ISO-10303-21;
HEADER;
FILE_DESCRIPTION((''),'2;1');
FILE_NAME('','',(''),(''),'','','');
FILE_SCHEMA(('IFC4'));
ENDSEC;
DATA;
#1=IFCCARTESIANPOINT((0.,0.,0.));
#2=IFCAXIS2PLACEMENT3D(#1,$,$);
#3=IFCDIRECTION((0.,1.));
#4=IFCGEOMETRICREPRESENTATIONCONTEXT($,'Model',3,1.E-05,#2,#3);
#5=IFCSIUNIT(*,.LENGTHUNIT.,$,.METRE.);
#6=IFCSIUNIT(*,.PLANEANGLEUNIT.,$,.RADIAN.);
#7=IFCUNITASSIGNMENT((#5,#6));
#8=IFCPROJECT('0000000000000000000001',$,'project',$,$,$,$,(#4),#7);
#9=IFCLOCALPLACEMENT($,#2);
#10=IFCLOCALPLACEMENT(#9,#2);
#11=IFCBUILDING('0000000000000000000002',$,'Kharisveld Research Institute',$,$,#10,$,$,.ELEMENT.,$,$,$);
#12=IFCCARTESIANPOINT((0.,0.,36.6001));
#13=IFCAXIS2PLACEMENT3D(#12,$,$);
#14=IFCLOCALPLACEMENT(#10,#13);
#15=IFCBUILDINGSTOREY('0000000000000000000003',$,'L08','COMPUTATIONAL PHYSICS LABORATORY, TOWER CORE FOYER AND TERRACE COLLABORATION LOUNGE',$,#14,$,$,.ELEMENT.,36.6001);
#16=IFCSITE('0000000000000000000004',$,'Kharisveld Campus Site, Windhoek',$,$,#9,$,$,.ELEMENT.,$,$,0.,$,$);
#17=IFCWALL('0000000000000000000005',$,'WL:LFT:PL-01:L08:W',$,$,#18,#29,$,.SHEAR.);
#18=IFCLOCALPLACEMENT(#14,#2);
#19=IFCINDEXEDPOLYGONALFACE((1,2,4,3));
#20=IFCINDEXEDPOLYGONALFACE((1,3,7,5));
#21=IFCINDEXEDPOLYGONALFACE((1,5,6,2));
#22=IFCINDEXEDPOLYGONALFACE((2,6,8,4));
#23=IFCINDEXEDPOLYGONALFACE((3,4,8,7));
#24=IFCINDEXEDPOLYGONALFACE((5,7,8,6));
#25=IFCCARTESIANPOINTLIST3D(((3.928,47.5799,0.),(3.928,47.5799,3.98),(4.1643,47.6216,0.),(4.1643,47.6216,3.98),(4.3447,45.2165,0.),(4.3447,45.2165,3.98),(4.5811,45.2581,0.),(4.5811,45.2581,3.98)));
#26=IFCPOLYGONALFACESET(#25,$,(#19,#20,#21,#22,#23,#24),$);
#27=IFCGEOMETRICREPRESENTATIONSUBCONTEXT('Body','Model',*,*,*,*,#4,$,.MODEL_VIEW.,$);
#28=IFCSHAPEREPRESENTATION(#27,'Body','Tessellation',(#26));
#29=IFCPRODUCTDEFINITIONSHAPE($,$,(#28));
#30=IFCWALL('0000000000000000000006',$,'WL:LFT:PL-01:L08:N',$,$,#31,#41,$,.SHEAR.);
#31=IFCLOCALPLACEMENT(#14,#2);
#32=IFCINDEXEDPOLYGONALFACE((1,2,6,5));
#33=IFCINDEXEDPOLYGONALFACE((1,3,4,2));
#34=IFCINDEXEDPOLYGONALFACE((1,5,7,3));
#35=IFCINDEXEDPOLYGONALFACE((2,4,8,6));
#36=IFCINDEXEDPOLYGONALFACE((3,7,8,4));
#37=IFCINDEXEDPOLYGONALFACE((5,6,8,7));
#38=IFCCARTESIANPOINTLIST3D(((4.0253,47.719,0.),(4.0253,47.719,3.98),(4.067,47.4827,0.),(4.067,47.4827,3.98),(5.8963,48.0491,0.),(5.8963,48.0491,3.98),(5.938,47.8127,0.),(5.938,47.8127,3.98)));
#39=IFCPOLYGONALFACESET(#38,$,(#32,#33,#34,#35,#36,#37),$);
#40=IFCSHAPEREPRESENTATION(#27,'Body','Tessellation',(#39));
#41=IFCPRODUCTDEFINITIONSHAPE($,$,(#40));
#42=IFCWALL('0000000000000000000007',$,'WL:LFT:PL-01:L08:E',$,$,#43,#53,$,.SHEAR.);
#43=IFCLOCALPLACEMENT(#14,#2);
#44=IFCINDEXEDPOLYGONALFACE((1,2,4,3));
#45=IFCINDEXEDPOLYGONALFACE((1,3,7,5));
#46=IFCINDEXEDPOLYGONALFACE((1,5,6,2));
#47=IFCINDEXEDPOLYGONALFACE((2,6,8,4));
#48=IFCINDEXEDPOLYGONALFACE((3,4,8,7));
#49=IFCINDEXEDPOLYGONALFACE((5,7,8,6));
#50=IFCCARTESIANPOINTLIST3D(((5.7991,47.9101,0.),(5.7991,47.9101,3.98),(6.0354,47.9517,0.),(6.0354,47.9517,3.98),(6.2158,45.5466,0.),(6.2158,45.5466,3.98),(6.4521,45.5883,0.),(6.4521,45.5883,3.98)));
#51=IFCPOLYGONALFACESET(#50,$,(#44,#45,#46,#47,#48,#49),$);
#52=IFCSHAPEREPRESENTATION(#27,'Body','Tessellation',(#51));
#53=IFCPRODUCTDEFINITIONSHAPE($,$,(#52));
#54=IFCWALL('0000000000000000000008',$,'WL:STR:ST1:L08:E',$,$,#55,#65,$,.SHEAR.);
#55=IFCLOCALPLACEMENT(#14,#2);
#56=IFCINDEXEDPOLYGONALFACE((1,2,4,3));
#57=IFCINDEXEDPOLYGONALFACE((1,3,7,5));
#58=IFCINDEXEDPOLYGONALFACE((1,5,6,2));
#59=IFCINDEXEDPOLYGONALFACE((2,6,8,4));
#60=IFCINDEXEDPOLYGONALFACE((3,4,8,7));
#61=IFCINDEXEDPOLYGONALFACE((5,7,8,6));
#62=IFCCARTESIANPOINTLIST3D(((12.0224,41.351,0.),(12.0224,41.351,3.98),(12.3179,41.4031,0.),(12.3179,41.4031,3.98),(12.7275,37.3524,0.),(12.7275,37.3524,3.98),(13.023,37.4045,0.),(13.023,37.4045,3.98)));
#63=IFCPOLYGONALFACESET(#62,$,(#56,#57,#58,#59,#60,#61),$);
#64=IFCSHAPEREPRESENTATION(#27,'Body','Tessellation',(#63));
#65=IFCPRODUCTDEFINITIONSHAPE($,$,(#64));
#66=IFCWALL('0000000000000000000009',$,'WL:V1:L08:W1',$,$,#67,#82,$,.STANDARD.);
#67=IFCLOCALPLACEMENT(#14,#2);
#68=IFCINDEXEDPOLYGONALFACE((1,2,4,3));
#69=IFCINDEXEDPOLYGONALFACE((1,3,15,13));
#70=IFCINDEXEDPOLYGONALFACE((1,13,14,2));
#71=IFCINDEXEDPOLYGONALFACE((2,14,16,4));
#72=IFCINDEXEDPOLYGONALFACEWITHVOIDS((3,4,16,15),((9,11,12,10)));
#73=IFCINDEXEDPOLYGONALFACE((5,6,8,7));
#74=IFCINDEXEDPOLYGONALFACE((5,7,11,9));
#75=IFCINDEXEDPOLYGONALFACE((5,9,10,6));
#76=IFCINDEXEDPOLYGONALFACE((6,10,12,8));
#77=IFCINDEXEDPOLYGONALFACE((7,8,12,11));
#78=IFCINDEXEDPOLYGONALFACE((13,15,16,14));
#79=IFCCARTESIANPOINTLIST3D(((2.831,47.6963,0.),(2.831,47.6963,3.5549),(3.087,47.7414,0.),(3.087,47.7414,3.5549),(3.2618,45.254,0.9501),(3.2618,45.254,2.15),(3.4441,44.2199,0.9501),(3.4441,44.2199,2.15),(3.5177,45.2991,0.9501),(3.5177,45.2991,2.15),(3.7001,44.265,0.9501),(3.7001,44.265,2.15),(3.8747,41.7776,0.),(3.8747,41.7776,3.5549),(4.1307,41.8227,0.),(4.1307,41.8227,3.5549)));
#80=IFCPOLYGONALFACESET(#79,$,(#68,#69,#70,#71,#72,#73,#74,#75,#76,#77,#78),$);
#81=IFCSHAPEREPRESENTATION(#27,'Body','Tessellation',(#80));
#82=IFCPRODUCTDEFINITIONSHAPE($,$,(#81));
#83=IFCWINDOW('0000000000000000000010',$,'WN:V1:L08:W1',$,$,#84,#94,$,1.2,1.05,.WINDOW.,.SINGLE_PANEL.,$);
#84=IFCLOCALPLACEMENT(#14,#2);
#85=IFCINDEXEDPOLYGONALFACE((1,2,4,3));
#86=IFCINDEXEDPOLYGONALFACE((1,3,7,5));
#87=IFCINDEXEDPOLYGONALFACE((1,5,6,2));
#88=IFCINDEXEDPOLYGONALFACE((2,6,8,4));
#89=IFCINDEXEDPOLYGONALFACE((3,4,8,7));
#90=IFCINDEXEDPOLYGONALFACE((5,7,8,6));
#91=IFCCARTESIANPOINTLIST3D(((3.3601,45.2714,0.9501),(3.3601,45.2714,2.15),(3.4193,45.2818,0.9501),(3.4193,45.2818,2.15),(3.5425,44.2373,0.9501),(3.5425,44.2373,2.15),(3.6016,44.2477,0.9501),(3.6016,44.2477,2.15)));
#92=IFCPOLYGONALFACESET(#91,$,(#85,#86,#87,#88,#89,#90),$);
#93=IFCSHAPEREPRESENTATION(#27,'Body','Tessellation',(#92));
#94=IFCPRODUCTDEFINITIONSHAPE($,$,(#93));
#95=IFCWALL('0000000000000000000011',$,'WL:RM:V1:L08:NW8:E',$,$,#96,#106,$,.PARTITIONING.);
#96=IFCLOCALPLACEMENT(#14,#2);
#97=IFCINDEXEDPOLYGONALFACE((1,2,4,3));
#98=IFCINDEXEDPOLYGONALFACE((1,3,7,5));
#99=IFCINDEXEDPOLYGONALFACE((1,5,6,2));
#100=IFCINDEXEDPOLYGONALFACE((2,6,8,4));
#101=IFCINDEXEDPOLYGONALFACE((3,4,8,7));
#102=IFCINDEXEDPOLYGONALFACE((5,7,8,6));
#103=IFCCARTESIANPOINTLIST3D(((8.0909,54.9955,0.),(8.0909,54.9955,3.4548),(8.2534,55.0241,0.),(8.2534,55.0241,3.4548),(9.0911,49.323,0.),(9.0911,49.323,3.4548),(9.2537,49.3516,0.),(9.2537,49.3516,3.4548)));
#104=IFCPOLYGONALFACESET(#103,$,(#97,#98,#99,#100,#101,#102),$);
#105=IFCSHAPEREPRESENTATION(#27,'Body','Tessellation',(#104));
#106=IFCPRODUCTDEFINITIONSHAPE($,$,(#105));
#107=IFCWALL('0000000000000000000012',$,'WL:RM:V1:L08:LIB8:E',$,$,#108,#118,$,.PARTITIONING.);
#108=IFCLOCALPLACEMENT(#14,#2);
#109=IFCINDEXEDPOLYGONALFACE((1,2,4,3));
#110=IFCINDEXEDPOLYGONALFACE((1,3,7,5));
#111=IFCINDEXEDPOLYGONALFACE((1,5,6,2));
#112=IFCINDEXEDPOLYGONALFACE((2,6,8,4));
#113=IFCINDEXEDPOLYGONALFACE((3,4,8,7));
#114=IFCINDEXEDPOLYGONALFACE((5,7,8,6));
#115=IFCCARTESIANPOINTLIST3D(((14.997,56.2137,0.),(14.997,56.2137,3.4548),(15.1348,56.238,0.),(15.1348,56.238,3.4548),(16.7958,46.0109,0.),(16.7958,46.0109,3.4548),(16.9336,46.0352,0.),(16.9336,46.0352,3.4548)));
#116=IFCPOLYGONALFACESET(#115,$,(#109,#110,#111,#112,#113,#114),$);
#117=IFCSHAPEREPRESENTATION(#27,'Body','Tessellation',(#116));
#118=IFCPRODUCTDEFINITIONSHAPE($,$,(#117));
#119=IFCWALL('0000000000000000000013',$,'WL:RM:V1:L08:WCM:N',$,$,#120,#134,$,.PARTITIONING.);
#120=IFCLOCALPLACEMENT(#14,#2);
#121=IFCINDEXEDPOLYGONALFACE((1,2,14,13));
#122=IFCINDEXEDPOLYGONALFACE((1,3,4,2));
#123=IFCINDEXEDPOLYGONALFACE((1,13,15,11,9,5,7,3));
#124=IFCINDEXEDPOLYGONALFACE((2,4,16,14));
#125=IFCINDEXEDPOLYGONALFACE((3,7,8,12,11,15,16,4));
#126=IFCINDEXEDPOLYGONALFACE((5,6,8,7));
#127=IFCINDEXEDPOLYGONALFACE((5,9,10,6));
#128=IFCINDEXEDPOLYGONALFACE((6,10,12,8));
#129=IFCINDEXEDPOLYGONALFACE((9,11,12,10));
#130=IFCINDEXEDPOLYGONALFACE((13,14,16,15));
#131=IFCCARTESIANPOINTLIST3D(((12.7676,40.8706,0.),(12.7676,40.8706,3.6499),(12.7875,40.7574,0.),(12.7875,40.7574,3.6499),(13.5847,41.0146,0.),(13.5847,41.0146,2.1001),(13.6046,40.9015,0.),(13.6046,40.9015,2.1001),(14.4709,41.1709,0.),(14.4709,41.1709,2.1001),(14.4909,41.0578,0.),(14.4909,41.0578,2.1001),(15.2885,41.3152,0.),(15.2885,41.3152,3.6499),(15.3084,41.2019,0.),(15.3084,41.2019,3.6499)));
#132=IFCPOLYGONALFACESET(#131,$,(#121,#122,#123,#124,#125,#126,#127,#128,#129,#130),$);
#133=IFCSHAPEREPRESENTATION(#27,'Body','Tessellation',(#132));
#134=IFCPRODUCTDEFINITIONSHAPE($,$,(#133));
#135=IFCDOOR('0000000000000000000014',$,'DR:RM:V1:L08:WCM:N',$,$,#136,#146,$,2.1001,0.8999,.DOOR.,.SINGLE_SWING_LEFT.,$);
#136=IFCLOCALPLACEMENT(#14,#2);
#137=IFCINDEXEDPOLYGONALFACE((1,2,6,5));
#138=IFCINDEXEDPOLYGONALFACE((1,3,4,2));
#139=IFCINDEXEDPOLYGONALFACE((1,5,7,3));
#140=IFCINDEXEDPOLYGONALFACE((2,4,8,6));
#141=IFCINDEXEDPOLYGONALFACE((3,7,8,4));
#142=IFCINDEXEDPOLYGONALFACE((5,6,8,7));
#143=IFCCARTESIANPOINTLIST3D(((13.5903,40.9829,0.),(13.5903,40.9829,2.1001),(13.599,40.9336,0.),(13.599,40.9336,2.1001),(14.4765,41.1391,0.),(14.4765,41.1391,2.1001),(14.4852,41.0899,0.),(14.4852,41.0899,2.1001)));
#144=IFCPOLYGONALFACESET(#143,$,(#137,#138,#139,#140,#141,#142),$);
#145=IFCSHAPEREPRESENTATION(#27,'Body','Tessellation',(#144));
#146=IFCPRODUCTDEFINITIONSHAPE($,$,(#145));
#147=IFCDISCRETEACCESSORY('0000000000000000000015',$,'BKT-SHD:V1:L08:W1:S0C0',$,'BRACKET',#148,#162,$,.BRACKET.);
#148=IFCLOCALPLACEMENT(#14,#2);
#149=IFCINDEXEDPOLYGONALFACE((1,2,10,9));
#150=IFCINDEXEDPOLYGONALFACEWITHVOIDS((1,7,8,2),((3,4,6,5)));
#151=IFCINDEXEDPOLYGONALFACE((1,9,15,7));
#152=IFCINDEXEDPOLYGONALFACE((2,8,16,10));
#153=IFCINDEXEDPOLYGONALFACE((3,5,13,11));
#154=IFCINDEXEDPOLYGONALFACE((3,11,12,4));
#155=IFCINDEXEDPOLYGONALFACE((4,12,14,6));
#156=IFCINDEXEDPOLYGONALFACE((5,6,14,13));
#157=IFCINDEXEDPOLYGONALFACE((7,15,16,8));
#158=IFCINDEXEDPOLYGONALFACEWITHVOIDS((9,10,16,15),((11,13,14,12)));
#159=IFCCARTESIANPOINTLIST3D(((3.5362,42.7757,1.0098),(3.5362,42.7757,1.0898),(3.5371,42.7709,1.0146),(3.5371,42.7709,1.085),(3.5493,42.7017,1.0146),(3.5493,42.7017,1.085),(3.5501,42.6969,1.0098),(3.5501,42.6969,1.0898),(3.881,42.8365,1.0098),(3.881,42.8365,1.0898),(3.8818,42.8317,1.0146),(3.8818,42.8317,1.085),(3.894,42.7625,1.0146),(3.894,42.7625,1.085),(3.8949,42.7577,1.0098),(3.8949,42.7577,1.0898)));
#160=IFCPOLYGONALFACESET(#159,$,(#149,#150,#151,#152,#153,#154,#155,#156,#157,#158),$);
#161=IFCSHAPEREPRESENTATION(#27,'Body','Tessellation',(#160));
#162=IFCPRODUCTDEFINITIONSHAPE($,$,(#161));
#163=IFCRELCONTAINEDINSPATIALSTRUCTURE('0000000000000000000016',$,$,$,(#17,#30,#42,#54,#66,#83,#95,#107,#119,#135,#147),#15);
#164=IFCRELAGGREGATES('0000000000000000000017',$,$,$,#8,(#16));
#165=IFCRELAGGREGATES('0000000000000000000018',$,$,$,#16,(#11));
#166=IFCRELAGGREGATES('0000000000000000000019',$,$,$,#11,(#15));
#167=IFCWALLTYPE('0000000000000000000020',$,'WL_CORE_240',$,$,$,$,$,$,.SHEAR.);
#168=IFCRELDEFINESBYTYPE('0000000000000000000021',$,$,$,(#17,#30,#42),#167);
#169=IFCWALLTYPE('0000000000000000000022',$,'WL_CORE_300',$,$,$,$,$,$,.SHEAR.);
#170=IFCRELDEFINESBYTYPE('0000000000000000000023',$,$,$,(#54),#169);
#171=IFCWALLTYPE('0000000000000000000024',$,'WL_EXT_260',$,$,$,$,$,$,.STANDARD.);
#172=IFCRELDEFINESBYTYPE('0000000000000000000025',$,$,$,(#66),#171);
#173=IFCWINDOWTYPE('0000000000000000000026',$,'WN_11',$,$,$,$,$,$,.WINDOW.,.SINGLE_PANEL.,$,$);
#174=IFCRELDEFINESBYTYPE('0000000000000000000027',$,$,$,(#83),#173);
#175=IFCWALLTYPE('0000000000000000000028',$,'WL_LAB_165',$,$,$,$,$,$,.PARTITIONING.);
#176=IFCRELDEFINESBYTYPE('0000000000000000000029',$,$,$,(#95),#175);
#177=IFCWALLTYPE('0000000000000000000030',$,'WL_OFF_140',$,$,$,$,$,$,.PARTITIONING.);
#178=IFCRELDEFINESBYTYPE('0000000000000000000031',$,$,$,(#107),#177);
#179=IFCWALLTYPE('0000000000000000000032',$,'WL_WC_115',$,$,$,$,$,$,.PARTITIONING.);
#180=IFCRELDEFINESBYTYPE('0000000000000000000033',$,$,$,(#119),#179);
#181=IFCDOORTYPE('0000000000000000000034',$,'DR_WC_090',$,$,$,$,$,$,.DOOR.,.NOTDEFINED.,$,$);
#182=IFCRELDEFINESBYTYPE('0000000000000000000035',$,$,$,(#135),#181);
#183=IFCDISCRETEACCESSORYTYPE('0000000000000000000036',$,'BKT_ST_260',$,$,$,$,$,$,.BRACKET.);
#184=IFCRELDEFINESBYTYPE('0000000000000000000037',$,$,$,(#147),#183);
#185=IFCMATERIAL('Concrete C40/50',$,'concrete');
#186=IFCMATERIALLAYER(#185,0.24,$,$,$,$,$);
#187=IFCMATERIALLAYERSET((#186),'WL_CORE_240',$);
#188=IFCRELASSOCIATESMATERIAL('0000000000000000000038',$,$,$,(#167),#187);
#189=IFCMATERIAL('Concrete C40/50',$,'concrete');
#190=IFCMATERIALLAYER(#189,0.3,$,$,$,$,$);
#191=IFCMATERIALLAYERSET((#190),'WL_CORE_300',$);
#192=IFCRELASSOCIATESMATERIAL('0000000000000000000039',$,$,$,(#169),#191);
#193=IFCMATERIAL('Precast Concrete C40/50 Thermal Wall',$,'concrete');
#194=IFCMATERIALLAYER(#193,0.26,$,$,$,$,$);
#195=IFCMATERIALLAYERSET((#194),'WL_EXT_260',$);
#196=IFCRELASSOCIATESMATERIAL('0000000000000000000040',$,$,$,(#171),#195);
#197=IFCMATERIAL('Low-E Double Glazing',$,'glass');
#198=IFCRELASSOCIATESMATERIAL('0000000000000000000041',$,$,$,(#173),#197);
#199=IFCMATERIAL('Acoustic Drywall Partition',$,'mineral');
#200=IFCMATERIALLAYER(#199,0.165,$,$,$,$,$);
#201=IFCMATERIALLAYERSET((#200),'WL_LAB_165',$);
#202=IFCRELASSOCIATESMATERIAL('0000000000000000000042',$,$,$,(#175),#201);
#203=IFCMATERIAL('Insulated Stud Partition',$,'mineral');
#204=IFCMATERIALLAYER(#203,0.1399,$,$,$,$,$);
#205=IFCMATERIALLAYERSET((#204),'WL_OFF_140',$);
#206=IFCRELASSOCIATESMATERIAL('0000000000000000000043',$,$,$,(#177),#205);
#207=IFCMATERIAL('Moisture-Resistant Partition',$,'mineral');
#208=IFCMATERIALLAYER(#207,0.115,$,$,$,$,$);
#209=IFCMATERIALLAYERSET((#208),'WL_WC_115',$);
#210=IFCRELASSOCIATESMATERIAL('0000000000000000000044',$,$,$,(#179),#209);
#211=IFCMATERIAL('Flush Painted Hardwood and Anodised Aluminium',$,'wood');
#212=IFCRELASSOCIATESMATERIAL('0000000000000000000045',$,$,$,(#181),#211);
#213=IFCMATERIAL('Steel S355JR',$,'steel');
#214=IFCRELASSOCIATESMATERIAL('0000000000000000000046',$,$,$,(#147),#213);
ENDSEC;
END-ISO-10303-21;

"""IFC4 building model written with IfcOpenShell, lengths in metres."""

from ifc_helpers import new_model, si_unit, direction, frame, frame_2d, origin, origin_2d, place, context, subcontext, project, spatial, rectangle, hollow_rectangle, extrude, material, layer, layer_set, type_object, element, fill, save


model = new_model("IFC4")

# Units and contexts
model_context = context("Model", 3, precision=1e-05, world=origin(), true_north=direction((0.0, 1.0)))
body_context = subcontext(model_context, "Body", "Model", "MODEL_VIEW")
ifc_project = project(units=[si_unit("LENGTHUNIT", "METRE"), si_unit("PLANEANGLEUNIT", "RADIAN")], contexts=[model_context])

# Site, building, storey
site_placement = place(None, origin())
site = spatial("IfcSite", under=ifc_project, at=site_placement, Name="Kharisveld Campus Site, Windhoek", CompositionType="ELEMENT", RefElevation=0.0)
building_placement = place(site_placement, origin())
building = spatial("IfcBuilding", under=site, at=building_placement, Name="Kharisveld Research Institute", CompositionType="ELEMENT")
storey_placement = place(building_placement, frame((0.0, 0.0, 36.6001)))
storey = spatial("IfcBuildingStorey", under=building, at=storey_placement, Name="L08", Description="COMPUTATIONAL PHYSICS LABORATORY, TOWER CORE FOYER AND TERRACE COLLABORATION LOUNGE", CompositionType="ELEMENT", Elevation=36.6001)

# Walls
ifc_material_1 = material(Name="Concrete C40/50", Category="concrete")
ifc_layer_1 = layer(ifc_material_1, 0.24)
ifc_layer_set_1 = layer_set([ifc_layer_1], Name="WL_CORE_240")
wall_type_1 = type_object("IfcWallType", Name="WL_CORE_240", PredefinedType="SHEAR", material=ifc_layer_set_1)
wall_1_placement = place(storey_placement, frame((4.4629, 45.2373, 0.0), z_axis=(0.0, 0.0, 1.0), x_axis=(-0.173646, 0.984808, 0.0)))
element("IfcWall", 1, at=wall_1_placement, inside=storey, type_object=wall_type_1, Name="WL:LFT:PL-01:L08:W", PredefinedType="SHEAR", context=body_context, shape_type="SweptSolid", body=[
    extrude(rectangle(XDim=2.3999, YDim=0.24, at=frame_2d((1.2, 0.0))), origin(), (0.0, 0.0, 1.0), 3.98),
])
wall_2_placement = place(storey_placement, frame((4.0461, 47.6008, 0.0), z_axis=(0.0, 0.0, 1.0), x_axis=(0.984794, 0.173727, 0.0)))
element("IfcWall", 2, at=wall_2_placement, inside=storey, type_object=wall_type_1, Name="WL:LFT:PL-01:L08:N", PredefinedType="SHEAR", context=body_context, shape_type="SweptSolid", body=[
    extrude(rectangle(XDim=1.8999, YDim=0.24, at=frame_2d((0.95, 0.0))), origin(), (0.0, 0.0, 1.0), 3.98),
])
wall_3_placement = place(storey_placement, frame((5.9172, 47.9309, 0.0), z_axis=(0.0, 0.0, 1.0), x_axis=(0.173646, -0.984808, 0.0)))
element("IfcWall", 3, at=wall_3_placement, inside=storey, type_object=wall_type_1, Name="WL:LFT:PL-01:L08:E", PredefinedType="SHEAR", context=body_context, shape_type="SweptSolid", body=[
    extrude(rectangle(XDim=2.3999, YDim=0.24, at=frame_2d((1.2, 0.0))), origin(), (0.0, 0.0, 1.0), 3.98),
])

# Wall
ifc_material_2 = material(Name="Concrete C40/50", Category="concrete")
ifc_layer_2 = layer(ifc_material_2, 0.3)
ifc_layer_set_2 = layer_set([ifc_layer_2], Name="WL_CORE_300")
wall_type_2 = type_object("IfcWallType", Name="WL_CORE_300", PredefinedType="SHEAR", material=ifc_layer_set_2)
wall_4_placement = place(storey_placement, frame((12.1702, 41.3772, 0.0), z_axis=(0.0, 0.0, 1.0), x_axis=(0.173655, -0.984807, 0.0)))
element("IfcWall", 4, at=wall_4_placement, inside=storey, type_object=wall_type_2, Name="WL:STR:ST1:L08:E", PredefinedType="SHEAR", context=body_context, shape_type="SweptSolid", body=[
    extrude(rectangle(XDim=4.0603, YDim=0.3, at=frame_2d((2.0303, 0.0))), origin(), (0.0, 0.0, 1.0), 3.98),
])

# Wall, opening, window
ifc_material_3 = material(Name="Precast Concrete C40/50 Thermal Wall", Category="concrete")
ifc_layer_3 = layer(ifc_material_3, 0.26)
ifc_layer_set_3 = layer_set([ifc_layer_3], Name="WL_EXT_260")
wall_type_3 = type_object("IfcWallType", Name="WL_EXT_260", PredefinedType="STANDARD", material=ifc_layer_set_3)
wall_5_placement = place(storey_placement, frame((4.0027, 41.8003, 0.0), z_axis=(0.0, 0.0, 1.0), x_axis=(-0.17366, 0.984806, 0.0)))
wall_5 = element("IfcWall", 5, at=wall_5_placement, inside=storey, type_object=wall_type_3, Name="WL:V1:L08:W1", PredefinedType="STANDARD", context=body_context, shape_type="SweptSolid", body=[
    extrude(rectangle(XDim=6.01, YDim=0.26, at=frame_2d((3.0049, 0.0))), origin(), (0.0, 0.0, 1.0), 3.5549),
])
opening_1_placement = place(wall_5_placement, frame((2.48, 0.0, 0.95)))
opening_1 = element("IfcOpeningElement", 6, at=opening_1_placement, cuts=wall_5, PredefinedType="OPENING", context=body_context, shape_type="SweptSolid", body=[
    extrude(rectangle(XDim=1.05, YDim=1.2, at=frame_2d((0.5249, 0.6001))), frame((0.0, 0.1299, 0.0), z_axis=(0.0, -1.0, 0.0), x_axis=(1.0, 0.0, 0.0)), (0.0, 0.0, 1.0), 0.26),
])
ifc_material_4 = material(Name="Low-E Double Glazing", Category="glass")
window_type = type_object("IfcWindowType", Name="WN_11", PartitioningType="SINGLE_PANEL", PredefinedType="WINDOW", material=ifc_material_4)
window_placement = place(opening_1_placement, origin())
window = element("IfcWindow", 7, at=window_placement, inside=storey, type_object=window_type, Name="WN:V1:L08:W1", OverallHeight=1.2, OverallWidth=1.05, PartitioningType="SINGLE_PANEL", PredefinedType="WINDOW", context=body_context, shape_type="SweptSolid", body=[
    extrude(rectangle(XDim=1.05, YDim=1.2, at=frame_2d((0.5249, 0.6001))), frame((0.0, 0.03, 0.0), z_axis=(0.0, -1.0, 0.0), x_axis=(1.0, 0.0, 0.0)), (0.0, 0.0, 1.0), 0.0601),
])
fill(opening_1, window)

# Wall
ifc_material_5 = material(Name="Acoustic Drywall Partition", Category="mineral")
ifc_layer_4 = layer(ifc_material_5, 0.165)
ifc_layer_set_4 = layer_set([ifc_layer_4], Name="WL_LAB_165")
wall_type_4 = type_object("IfcWallType", Name="WL_LAB_165", PredefinedType="PARTITIONING", material=ifc_layer_set_4)
wall_6_placement = place(storey_placement, frame((9.1724, 49.3374, 0.0), z_axis=(0.0, 0.0, 1.0), x_axis=(-0.17365, 0.984807, 0.0)))
element("IfcWall", 8, at=wall_6_placement, inside=storey, type_object=wall_type_4, Name="WL:RM:V1:L08:NW8:E", PredefinedType="PARTITIONING", context=body_context, shape_type="SweptSolid", body=[
    extrude(rectangle(XDim=5.76, YDim=0.165, at=frame_2d((2.8799, 0.0))), origin(), (0.0, 0.0, 1.0), 3.4548),
])

# Shared definitions
ifc_material_6 = material(Name="Insulated Stud Partition", Category="mineral")
ifc_layer_5 = layer(ifc_material_6, 0.1399)
ifc_layer_set_5 = layer_set([ifc_layer_5], Name="WL_OFF_140")
wall_type_5 = type_object("IfcWallType", Name="WL_OFF_140", PredefinedType="PARTITIONING", material=ifc_layer_set_5)

# Wall
wall_7_placement = place(storey_placement, frame((16.8647, 46.0229, 0.0), z_axis=(0.0, 0.0, 1.0), x_axis=(-0.173632, 0.984811, 0.0)))
element("IfcWall", 9, at=wall_7_placement, inside=storey, type_object=wall_type_5, Name="WL:RM:V1:L08:LIB8:E", PredefinedType="PARTITIONING", context=body_context, shape_type="SweptSolid", body=[
    extrude(rectangle(XDim=10.3601, YDim=0.1399, at=frame_2d((5.1802, 0.0))), origin(), (0.0, 0.0, 1.0), 3.4548),
])

# Wall, opening, door
ifc_material_7 = material(Name="Moisture-Resistant Partition", Category="mineral")
ifc_layer_6 = layer(ifc_material_7, 0.115)
ifc_layer_set_6 = layer_set([ifc_layer_6], Name="WL_WC_115")
wall_type_6 = type_object("IfcWallType", Name="WL_WC_115", PredefinedType="PARTITIONING", material=ifc_layer_set_6)
wall_8_placement = place(storey_placement, frame((15.2983, 41.2585, 0.0), z_axis=(0.0, 0.0, 1.0), x_axis=(-0.984804, -0.173671, 0.0)))
wall_8 = element("IfcWall", 10, at=wall_8_placement, inside=storey, type_object=wall_type_6, Name="WL:RM:V1:L08:WCM:N", PredefinedType="PARTITIONING", context=body_context, shape_type="SweptSolid", body=[
    extrude(rectangle(XDim=2.5598, YDim=0.115, at=frame_2d((1.2798, 0.0))), origin(), (0.0, 0.0, 1.0), 3.6499),
])
opening_2_placement = place(wall_8_placement, frame((0.8301, 0.0, 0.0)))
opening_2 = element("IfcOpeningElement", 11, at=opening_2_placement, cuts=wall_8, PredefinedType="OPENING", context=body_context, shape_type="SweptSolid", body=[
    extrude(rectangle(XDim=0.8999, YDim=2.1001, at=frame_2d((0.45, 1.05))), frame((0.0, 0.0576, 0.0), z_axis=(0.0, -1.0, 0.0), x_axis=(1.0, 0.0, 0.0)), (0.0, 0.0, 1.0), 0.115),
])
ifc_material_8 = material(Name="Flush Painted Hardwood and Anodised Aluminium", Category="wood")
door_type_1 = type_object("IfcDoorType", Name="DR_WC_090", OperationType="NOTDEFINED", PredefinedType="DOOR", material=ifc_material_8)
door_1_placement = place(opening_2_placement, origin())
door_1 = element("IfcDoor", 12, at=door_1_placement, inside=storey, type_object=door_type_1, Name="DR:RM:V1:L08:WCM:N", OperationType="SINGLE_SWING_LEFT", OverallHeight=2.1001, OverallWidth=0.8999, PredefinedType="DOOR", context=body_context, shape_type="SweptSolid", body=[
    extrude(rectangle(XDim=0.8999, YDim=2.1001, at=frame_2d((0.45, 1.05))), frame((0.0, 0.0249, 0.0), z_axis=(0.0, -1.0, 0.0), x_axis=(1.0, 0.0, 0.0)), (0.0, 0.0, 1.0), 0.05),
])
fill(opening_2, door_1)

# Discrete accessory
ifc_material_9 = material(Name="Steel S355JR", Category="steel")
discrete_accessory_type = type_object("IfcDiscreteAccessoryType", Name="BKT_ST_260", PredefinedType="BRACKET")
for number, where, z_axis, x_axis, name in (
    (13, (3.8879, 42.7971, 1.0498), (-0.984805, -0.173666, 0.0), (0.173666, -0.984805, 0.0), "BKT-SHD:V1:L08:W1:S0C0"),
):
    element("IfcDiscreteAccessory", number, at=place(storey_placement, frame(where, z_axis=z_axis, x_axis=x_axis)), inside=storey, type_object=discrete_accessory_type, material=ifc_material_9, Name=name, ObjectType="BRACKET", PredefinedType="BRACKET", context=body_context, shape_type="SweptSolid", body=[
        extrude(hollow_rectangle(XDim=0.0801, YDim=0.0801, WallThickness=0.0049, at=origin_2d()), origin(), (0.0, 0.0, 1.0), 0.3501),
    ])

save(model, "model.ifc")
